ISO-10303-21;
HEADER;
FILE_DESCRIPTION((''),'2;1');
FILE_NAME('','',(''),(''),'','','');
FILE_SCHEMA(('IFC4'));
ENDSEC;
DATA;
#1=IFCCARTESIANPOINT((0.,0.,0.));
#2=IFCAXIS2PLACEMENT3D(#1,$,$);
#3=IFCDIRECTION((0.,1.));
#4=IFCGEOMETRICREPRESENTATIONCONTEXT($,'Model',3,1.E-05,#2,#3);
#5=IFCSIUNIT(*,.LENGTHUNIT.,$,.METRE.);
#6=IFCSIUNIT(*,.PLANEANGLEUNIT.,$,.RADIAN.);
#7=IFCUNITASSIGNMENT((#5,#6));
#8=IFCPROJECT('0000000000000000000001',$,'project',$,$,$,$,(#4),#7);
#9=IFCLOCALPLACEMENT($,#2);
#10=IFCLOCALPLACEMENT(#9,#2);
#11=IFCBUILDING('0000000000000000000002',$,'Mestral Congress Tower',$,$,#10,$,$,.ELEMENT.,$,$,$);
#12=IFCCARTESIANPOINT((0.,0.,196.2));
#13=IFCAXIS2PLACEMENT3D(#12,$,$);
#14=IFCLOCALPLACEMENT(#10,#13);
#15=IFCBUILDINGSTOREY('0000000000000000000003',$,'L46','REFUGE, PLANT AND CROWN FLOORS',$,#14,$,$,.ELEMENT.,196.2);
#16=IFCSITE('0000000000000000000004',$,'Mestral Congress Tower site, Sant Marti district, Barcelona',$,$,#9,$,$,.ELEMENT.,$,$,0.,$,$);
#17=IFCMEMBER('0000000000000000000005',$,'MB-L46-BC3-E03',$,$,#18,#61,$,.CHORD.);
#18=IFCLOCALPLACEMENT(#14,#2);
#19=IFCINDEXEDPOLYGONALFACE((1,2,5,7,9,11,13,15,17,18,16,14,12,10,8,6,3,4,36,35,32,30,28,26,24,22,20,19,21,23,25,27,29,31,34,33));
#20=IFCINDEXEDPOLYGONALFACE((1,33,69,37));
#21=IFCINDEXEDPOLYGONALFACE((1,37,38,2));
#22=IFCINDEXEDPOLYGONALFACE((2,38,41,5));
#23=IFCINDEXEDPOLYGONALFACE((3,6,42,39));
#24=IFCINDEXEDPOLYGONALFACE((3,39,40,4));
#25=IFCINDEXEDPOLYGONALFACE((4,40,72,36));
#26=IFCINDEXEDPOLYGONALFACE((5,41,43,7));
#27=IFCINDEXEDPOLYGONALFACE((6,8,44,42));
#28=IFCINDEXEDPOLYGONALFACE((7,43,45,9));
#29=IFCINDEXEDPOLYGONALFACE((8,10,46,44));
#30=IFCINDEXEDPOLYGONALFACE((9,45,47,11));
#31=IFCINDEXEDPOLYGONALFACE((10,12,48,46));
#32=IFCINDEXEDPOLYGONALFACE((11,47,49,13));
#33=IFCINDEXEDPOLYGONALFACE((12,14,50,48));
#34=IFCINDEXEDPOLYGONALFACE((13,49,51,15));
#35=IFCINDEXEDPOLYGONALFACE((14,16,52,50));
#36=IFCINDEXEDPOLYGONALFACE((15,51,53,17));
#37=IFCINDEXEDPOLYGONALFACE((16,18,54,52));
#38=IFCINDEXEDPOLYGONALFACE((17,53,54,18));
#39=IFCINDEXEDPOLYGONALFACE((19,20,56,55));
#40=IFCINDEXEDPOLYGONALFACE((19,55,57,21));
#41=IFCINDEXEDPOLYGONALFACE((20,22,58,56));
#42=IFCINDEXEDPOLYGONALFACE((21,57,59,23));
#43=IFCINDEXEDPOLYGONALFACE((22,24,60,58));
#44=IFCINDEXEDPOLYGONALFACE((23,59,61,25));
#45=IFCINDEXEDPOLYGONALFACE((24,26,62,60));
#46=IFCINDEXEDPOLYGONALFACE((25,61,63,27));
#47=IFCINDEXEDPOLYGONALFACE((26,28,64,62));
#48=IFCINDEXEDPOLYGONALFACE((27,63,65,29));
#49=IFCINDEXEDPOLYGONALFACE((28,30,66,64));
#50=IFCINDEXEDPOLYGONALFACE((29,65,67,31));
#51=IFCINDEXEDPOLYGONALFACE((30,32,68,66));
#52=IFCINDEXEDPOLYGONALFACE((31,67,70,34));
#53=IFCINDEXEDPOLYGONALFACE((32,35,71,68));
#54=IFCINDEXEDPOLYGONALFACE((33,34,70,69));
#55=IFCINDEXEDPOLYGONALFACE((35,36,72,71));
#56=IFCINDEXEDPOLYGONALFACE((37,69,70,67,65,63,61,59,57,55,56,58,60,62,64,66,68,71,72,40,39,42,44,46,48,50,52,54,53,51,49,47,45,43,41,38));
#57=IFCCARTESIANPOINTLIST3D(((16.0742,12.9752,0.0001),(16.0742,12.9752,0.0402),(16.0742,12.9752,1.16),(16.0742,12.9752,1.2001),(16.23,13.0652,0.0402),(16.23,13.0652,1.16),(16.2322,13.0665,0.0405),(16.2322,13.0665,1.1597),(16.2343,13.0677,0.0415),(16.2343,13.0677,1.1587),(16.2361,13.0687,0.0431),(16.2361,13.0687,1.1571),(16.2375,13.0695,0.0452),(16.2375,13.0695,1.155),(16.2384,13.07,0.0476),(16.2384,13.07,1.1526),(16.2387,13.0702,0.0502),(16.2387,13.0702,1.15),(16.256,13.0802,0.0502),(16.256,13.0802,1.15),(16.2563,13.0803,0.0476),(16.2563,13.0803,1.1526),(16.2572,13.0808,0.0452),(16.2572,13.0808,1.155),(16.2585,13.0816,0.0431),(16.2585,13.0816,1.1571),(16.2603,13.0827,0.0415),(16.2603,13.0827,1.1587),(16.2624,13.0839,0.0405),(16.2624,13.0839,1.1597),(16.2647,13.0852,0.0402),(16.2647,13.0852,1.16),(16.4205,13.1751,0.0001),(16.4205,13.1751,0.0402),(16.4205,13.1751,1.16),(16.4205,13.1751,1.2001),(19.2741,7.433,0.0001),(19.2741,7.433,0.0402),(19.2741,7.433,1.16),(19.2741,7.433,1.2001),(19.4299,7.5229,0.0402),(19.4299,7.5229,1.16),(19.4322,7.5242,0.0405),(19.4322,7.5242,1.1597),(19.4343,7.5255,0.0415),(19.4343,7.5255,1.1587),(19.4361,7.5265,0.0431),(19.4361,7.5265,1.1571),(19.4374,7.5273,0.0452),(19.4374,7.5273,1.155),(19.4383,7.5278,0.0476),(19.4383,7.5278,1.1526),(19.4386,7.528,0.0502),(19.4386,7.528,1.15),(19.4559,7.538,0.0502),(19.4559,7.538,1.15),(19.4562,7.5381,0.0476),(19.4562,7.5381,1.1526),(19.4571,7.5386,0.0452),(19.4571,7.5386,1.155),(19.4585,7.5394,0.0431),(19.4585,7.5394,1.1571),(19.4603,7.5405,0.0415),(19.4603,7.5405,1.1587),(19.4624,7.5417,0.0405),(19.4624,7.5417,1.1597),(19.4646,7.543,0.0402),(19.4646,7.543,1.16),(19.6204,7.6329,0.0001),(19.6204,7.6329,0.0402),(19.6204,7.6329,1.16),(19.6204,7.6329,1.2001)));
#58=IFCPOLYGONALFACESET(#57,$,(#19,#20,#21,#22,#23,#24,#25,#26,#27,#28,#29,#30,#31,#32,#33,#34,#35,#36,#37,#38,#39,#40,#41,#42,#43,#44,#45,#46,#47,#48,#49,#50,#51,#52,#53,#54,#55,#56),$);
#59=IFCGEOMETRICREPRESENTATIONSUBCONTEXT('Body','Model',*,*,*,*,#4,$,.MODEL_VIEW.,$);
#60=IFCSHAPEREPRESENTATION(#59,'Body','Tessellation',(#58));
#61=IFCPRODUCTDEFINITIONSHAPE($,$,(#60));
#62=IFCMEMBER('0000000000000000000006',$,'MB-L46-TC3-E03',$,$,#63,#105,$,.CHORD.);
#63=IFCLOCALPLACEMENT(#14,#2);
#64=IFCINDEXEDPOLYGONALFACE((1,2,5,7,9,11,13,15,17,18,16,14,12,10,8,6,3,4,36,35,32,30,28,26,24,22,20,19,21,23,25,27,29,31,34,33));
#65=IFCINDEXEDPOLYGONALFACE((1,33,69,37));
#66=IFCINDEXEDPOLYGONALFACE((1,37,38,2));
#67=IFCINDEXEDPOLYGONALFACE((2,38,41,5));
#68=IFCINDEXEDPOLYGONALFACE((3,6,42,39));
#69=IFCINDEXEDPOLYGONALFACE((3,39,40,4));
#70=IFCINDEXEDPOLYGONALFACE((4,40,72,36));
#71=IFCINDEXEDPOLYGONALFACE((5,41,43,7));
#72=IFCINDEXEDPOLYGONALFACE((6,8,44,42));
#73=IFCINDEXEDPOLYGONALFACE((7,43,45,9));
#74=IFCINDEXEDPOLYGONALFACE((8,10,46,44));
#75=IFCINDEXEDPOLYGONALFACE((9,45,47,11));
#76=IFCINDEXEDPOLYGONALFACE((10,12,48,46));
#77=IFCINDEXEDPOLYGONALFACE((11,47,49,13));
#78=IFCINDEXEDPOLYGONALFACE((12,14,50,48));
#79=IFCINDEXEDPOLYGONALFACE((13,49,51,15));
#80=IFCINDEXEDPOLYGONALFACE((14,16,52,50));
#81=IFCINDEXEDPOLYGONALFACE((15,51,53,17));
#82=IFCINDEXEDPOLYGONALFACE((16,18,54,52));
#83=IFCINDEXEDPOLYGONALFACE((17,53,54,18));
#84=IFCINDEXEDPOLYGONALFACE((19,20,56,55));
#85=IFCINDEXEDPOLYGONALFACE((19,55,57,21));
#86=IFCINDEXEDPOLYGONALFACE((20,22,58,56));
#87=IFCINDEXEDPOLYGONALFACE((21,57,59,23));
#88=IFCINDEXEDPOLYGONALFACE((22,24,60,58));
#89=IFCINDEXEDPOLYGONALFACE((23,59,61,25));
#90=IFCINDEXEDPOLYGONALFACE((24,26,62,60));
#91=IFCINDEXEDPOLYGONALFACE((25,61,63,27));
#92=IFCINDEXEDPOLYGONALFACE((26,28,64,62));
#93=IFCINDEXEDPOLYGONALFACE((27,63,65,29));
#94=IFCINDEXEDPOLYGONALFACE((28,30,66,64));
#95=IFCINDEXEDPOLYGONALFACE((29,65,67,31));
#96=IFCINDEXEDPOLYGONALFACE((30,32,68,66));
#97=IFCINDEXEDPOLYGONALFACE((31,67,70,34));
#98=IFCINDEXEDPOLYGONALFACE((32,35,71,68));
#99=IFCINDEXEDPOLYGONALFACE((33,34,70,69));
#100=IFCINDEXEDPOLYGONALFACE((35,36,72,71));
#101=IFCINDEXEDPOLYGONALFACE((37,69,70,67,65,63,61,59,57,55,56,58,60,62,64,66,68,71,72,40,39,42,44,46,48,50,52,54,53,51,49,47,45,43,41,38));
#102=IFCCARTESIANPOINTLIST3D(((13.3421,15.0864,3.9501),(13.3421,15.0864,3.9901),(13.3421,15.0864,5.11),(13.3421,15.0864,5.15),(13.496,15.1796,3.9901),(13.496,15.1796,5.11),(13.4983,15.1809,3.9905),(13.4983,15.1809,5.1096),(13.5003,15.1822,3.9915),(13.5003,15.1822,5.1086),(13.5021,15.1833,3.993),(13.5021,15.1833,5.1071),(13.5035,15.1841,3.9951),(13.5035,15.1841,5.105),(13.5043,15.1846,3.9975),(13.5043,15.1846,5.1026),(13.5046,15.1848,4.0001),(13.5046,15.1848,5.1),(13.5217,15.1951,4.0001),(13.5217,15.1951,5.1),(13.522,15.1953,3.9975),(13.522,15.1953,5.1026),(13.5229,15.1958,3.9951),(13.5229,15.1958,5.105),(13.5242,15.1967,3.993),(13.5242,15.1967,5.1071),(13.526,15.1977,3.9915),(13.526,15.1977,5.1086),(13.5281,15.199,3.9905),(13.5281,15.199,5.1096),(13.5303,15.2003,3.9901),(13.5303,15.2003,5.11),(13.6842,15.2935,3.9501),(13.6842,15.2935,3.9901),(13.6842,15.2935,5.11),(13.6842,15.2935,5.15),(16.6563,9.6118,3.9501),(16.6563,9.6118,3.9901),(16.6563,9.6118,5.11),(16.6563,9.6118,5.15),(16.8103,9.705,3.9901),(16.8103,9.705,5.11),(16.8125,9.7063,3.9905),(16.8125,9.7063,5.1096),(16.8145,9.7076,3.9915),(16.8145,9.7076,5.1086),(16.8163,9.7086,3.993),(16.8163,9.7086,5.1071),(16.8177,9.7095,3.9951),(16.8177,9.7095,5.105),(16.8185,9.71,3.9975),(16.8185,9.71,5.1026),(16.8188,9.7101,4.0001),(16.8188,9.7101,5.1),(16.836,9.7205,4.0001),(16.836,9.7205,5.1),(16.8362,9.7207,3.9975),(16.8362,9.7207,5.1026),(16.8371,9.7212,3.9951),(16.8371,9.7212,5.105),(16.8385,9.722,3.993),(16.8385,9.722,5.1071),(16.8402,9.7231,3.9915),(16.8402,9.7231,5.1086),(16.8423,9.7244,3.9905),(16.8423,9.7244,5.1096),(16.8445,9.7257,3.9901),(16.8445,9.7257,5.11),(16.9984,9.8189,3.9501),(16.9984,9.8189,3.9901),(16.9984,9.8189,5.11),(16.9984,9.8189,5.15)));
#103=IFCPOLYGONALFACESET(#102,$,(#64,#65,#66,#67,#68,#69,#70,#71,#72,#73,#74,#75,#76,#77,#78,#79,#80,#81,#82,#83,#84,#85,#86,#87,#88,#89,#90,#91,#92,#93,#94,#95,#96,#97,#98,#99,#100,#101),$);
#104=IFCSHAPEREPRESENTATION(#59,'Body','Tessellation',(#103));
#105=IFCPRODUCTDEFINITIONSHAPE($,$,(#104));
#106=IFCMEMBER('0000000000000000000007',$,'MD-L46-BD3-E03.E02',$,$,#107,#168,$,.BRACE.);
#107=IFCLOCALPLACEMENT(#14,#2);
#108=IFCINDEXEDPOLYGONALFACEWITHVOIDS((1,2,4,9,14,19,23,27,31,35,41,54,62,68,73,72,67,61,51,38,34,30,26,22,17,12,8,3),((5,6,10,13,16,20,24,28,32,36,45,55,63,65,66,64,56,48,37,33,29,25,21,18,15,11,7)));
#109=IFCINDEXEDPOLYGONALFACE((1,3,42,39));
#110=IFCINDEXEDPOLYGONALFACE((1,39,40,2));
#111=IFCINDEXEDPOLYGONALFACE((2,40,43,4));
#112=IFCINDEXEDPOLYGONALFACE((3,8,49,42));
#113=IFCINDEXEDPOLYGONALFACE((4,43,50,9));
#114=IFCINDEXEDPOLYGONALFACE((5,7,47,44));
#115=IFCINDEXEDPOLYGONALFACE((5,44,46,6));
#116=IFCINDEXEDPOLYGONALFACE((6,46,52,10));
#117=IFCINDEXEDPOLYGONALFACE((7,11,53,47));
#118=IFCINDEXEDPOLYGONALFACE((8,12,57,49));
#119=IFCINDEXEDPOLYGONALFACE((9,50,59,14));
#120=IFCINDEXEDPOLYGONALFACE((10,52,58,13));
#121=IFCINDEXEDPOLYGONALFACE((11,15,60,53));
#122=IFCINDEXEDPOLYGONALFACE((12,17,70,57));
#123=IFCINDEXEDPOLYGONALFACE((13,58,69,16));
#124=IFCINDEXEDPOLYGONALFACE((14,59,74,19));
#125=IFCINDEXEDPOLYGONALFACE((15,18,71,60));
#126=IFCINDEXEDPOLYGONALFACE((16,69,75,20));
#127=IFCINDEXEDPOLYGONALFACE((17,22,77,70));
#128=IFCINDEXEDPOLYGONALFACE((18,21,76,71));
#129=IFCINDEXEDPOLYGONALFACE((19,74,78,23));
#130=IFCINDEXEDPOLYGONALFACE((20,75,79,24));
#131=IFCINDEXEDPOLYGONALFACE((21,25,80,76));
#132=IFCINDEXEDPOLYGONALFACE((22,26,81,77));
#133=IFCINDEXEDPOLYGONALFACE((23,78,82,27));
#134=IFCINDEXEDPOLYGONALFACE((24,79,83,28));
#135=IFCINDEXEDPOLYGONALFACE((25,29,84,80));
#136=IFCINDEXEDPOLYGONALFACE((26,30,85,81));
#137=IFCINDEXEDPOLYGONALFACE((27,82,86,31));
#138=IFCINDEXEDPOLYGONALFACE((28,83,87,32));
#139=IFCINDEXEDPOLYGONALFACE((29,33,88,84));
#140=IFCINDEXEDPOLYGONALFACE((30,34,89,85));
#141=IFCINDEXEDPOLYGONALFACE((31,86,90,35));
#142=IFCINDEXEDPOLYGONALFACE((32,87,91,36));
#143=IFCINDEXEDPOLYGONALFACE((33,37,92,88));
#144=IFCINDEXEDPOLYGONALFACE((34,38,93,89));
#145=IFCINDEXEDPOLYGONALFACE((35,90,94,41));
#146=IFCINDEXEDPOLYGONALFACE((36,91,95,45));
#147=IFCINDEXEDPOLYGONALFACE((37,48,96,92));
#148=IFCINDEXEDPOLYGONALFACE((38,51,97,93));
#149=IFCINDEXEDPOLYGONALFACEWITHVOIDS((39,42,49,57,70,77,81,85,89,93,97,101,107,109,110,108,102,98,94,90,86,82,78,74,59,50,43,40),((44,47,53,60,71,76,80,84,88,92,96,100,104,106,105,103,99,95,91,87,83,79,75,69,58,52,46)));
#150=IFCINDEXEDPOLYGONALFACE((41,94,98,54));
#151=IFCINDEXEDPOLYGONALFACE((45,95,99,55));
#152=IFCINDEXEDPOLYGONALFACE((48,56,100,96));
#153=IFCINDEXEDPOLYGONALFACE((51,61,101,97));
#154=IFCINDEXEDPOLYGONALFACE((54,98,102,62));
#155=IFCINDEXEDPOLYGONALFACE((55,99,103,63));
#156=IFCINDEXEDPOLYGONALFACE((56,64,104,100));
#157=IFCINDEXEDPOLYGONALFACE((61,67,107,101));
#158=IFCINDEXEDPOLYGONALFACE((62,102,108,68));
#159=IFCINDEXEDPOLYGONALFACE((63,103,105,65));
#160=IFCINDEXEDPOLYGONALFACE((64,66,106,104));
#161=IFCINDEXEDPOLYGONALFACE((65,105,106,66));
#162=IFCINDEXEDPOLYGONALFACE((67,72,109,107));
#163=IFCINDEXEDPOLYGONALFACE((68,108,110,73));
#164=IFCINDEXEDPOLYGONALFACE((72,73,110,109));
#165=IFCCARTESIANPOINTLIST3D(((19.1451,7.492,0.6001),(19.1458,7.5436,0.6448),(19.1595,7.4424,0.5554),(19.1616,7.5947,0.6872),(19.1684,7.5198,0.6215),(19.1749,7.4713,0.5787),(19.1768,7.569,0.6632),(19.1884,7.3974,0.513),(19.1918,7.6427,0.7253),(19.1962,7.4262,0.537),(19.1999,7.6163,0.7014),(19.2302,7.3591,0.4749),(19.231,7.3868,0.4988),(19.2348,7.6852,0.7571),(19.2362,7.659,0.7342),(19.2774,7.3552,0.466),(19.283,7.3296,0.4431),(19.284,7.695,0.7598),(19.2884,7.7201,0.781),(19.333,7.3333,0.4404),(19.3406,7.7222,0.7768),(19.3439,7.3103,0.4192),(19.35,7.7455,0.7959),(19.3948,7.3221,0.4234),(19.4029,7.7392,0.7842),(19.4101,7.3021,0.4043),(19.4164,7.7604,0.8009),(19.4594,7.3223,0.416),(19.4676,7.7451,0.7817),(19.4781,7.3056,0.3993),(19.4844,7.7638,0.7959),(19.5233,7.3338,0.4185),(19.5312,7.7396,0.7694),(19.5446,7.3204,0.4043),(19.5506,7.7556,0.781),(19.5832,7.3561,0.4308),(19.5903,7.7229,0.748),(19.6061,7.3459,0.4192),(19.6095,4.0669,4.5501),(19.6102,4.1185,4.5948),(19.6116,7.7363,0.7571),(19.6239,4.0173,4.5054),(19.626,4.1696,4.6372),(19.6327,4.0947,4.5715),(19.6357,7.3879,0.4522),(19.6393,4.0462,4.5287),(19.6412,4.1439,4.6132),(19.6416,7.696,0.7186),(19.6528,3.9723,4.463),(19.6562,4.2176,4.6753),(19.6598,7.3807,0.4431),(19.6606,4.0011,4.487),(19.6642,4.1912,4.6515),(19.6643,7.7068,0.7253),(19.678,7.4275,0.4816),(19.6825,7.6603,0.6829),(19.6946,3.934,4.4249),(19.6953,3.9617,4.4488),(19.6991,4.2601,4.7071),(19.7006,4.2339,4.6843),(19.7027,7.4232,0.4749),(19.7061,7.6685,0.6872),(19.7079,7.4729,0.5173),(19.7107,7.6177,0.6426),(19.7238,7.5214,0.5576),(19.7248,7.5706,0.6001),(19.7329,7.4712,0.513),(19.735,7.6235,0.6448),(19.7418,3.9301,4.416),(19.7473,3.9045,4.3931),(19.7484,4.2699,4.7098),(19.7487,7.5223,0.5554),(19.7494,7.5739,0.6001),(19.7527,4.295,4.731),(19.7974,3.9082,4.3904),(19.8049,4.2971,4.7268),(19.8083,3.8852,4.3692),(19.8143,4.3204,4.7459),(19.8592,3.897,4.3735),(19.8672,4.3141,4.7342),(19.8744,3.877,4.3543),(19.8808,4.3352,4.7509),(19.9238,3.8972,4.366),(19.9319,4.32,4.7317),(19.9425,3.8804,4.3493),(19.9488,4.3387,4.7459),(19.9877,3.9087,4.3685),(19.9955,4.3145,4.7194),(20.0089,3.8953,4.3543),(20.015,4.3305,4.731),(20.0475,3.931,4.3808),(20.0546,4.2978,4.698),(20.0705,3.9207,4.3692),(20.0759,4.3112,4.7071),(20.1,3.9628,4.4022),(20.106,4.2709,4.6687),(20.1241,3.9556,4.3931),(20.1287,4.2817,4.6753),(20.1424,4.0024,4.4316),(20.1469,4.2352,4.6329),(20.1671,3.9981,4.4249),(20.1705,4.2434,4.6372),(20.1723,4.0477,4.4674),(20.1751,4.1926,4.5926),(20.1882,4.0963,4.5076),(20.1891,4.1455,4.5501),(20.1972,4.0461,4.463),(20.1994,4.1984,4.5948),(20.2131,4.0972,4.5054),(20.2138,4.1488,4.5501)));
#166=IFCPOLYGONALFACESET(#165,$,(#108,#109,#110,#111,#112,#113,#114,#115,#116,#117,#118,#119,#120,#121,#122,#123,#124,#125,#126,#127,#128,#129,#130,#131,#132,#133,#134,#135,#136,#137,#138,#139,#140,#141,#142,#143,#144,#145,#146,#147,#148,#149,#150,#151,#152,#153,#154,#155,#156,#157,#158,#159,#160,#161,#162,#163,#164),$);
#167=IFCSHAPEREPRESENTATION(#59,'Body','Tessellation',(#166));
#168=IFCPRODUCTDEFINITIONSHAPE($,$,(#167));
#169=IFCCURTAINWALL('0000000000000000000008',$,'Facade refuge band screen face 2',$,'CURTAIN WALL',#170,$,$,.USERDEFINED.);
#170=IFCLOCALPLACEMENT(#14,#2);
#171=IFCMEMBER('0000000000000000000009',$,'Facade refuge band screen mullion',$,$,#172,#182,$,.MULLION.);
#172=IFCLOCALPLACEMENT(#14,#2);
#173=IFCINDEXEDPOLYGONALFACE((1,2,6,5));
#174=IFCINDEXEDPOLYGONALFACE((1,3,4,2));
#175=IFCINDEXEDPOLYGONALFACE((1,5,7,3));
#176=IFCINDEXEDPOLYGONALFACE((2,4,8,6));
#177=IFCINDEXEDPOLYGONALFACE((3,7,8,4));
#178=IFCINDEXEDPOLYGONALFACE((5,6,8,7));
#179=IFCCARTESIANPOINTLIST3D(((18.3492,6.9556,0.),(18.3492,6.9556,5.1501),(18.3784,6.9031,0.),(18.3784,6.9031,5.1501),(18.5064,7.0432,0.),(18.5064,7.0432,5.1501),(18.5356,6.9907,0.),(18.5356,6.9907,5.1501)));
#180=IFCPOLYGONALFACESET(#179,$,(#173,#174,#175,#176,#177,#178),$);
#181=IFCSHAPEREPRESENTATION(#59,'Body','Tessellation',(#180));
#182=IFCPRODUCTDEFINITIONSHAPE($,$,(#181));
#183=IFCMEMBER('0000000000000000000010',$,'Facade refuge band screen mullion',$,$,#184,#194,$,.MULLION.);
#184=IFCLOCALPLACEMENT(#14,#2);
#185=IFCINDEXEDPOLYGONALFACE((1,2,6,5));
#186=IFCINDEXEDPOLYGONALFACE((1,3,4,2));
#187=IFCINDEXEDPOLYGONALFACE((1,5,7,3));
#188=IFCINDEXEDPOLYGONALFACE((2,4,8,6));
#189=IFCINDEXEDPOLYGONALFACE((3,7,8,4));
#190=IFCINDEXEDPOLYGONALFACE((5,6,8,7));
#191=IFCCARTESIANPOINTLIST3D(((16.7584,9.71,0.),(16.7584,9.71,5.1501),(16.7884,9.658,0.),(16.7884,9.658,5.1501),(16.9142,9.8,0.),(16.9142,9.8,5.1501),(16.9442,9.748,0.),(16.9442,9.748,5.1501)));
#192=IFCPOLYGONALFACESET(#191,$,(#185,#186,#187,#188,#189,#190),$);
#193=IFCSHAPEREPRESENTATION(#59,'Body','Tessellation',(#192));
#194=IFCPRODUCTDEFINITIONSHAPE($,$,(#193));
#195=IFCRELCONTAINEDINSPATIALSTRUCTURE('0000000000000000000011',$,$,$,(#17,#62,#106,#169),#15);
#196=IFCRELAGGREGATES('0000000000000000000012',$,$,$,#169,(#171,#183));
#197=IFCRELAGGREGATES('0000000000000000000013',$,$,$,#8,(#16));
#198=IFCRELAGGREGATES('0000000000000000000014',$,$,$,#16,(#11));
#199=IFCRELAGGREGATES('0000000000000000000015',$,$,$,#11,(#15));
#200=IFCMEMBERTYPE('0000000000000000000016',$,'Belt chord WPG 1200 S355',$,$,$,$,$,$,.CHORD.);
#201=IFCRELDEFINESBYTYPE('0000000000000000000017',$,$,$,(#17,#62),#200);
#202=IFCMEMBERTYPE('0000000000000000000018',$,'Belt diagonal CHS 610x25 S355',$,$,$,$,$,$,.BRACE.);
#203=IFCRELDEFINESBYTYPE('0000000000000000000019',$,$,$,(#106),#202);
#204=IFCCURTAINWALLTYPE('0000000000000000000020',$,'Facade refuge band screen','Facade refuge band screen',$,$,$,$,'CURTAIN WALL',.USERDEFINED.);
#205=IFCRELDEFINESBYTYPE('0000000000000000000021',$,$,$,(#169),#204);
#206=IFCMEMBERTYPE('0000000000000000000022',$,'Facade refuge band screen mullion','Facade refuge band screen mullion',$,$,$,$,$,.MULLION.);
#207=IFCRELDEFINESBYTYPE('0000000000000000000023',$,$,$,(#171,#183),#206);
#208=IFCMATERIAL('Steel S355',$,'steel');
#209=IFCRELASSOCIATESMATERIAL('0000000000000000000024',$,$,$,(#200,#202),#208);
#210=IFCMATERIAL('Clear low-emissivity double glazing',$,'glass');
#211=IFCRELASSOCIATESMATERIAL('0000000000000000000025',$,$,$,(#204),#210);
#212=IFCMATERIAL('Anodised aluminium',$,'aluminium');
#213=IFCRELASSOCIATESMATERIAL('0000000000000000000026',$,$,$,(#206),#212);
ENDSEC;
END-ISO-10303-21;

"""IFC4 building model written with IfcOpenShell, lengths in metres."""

from ifc_helpers import new_model, si_unit, direction, frame, origin, origin_2d, place, context, subcontext, project, spatial, rectangle, hollow_circle, i_section, extrude, material, material_profile, profile_set, type_object, element, aggregate, save


model = new_model("IFC4")

# Units and contexts
model_context = context("Model", 3, precision=1e-05, world=origin(), true_north=direction((0.0, 1.0)))
body_context = subcontext(model_context, "Body", "Model", "MODEL_VIEW")
ifc_project = project(units=[si_unit("LENGTHUNIT", "METRE"), si_unit("PLANEANGLEUNIT", "RADIAN")], contexts=[model_context])

# Site, building, storey
site_placement = place(None, origin())
site = spatial("IfcSite", under=ifc_project, at=site_placement, Name="Mestral Congress Tower site, Sant Marti district, Barcelona", CompositionType="ELEMENT", RefElevation=0.0)
building_placement = place(site_placement, origin())
building = spatial("IfcBuilding", under=site, at=building_placement, Name="Mestral Congress Tower", CompositionType="ELEMENT")
storey_placement = place(building_placement, frame((0.0, 0.0, 196.2)))
storey = spatial("IfcBuildingStorey", under=building, at=storey_placement, Name="L46", Description="REFUGE, PLANT AND CROWN FLOORS", CompositionType="ELEMENT", Elevation=196.2)

# Members
ifc_material_1 = material(Name="Steel S355", Category="steel")
ifc_material_profile_1 = material_profile(ifc_material_1, i_section(OverallWidth=0.3999, OverallDepth=1.2, WebThickness=0.02, FlangeThickness=0.04, FilletRadius=0.01, at=origin_2d()), Name="WPG 1200")
ifc_profile_set_1 = profile_set([ifc_material_profile_1], Name="Steel S355")
member_type_1 = type_object("IfcMemberType", Name="Belt chord WPG 1200 S355", PredefinedType="CHORD", material=ifc_profile_set_1)
for number, where, z_axis, x_axis, name in (
    (1, (19.4473, 7.533, 0.6001), (-0.500016, 0.866016, 0.0), (-0.866016, -0.500016, 0.0), "MB-L46-BC3-E03"),
    (2, (16.8274, 9.7153, 4.55), (-0.517875, 0.855456, 0.0), (-0.855456, -0.517875, 0.0), "MB-L46-TC3-E03"),
):
    element("IfcMember", number, at=place(storey_placement, frame(where, z_axis=z_axis, x_axis=x_axis)), inside=storey, type_object=member_type_1, Name=name, PredefinedType="CHORD", context=body_context, shape_type="SweptSolid", body=[
        extrude(i_section(OverallWidth=0.3999, OverallDepth=1.2, WebThickness=0.02, FlangeThickness=0.04, FilletRadius=0.01, at=origin_2d()), origin(), (0.0, 0.0, 1.0), 6.3997),
    ])
ifc_material_profile_2 = material_profile(ifc_material_1, hollow_circle(Radius=0.3049, WallThickness=0.0249, at=origin_2d()), Name="CHS 610x25")
ifc_profile_set_2 = profile_set([ifc_material_profile_2], Name="Steel S355")
member_type_2 = type_object("IfcMemberType", Name="Belt diagonal CHS 610x25 S355", PredefinedType="BRACE", material=ifc_profile_set_2)
member_1_placement = place(storey_placement, frame((19.4473, 7.533, 0.6001), z_axis=(0.088471, -0.652554, 0.75256), x_axis=(0.990934, 0.134347, 0.0)))
element("IfcMember", 3, at=member_1_placement, inside=storey, type_object=member_type_2, Name="MD-L46-BD3-E03.E02", PredefinedType="BRACE", context=body_context, shape_type="SweptSolid", body=[
    extrude(hollow_circle(Radius=0.3049, WallThickness=0.0249, at=origin_2d()), origin(), (0.0, 0.0, 1.0), 5.2488),
])

# Curtain wall, members
ifc_material_2 = material(Name="Clear low-emissivity double glazing", Category="glass")
curtain_wall_type = type_object("IfcCurtainWallType", Name="Facade refuge band screen", Description="Facade refuge band screen", ElementType="CURTAIN WALL", PredefinedType="USERDEFINED", material=ifc_material_2)
curtain_wall_placement = place(storey_placement, origin())
curtain_wall = element("IfcCurtainWall", 4, at=curtain_wall_placement, inside=storey, type_object=curtain_wall_type, Name="Facade refuge band screen face 2", ObjectType="CURTAIN WALL", PredefinedType="USERDEFINED")
ifc_material_3 = material(Name="Anodised aluminium", Category="aluminium")
ifc_material_profile_3 = material_profile(ifc_material_3, rectangle(XDim=0.1799, YDim=0.0601, at=origin_2d()), Name="CW3 mullion 180 x 60")
ifc_profile_set_3 = profile_set([ifc_material_profile_3], Name="Anodised aluminium")
member_type_3 = type_object("IfcMemberType", Name="Facade refuge band screen mullion", Description="Facade refuge band screen mullion", PredefinedType="MULLION", material=ifc_profile_set_3)
member_2_placement = place(storey_placement, frame((18.4424, 6.9731, 0.0), z_axis=(0.0, 0.0, 1.0), x_axis=(0.873556, 0.486724, 0.0)))
member_2 = element("IfcMember", 5, at=member_2_placement, type_object=member_type_3, Name="Facade refuge band screen mullion", PredefinedType="MULLION", context=body_context, shape_type="SweptSolid", body=[
    extrude(rectangle(XDim=0.1799, YDim=0.0601, at=origin_2d()), origin(), (0.0, 0.0, 1.0), 5.1501),
])
member_3_placement = place(storey_placement, frame((16.8513, 9.729, 0.0), z_axis=(0.0, 0.0, 1.0), x_axis=(0.866025, 0.5, 0.0)))
member_3 = element("IfcMember", 6, at=member_3_placement, type_object=member_type_3, Name="Facade refuge band screen mullion", PredefinedType="MULLION", context=body_context, shape_type="SweptSolid", body=[
    extrude(rectangle(XDim=0.1799, YDim=0.0601, at=origin_2d()), origin(), (0.0, 0.0, 1.0), 5.1501),
])

aggregate(curtain_wall, [member_2, member_3])

save(model, "model.ifc")
